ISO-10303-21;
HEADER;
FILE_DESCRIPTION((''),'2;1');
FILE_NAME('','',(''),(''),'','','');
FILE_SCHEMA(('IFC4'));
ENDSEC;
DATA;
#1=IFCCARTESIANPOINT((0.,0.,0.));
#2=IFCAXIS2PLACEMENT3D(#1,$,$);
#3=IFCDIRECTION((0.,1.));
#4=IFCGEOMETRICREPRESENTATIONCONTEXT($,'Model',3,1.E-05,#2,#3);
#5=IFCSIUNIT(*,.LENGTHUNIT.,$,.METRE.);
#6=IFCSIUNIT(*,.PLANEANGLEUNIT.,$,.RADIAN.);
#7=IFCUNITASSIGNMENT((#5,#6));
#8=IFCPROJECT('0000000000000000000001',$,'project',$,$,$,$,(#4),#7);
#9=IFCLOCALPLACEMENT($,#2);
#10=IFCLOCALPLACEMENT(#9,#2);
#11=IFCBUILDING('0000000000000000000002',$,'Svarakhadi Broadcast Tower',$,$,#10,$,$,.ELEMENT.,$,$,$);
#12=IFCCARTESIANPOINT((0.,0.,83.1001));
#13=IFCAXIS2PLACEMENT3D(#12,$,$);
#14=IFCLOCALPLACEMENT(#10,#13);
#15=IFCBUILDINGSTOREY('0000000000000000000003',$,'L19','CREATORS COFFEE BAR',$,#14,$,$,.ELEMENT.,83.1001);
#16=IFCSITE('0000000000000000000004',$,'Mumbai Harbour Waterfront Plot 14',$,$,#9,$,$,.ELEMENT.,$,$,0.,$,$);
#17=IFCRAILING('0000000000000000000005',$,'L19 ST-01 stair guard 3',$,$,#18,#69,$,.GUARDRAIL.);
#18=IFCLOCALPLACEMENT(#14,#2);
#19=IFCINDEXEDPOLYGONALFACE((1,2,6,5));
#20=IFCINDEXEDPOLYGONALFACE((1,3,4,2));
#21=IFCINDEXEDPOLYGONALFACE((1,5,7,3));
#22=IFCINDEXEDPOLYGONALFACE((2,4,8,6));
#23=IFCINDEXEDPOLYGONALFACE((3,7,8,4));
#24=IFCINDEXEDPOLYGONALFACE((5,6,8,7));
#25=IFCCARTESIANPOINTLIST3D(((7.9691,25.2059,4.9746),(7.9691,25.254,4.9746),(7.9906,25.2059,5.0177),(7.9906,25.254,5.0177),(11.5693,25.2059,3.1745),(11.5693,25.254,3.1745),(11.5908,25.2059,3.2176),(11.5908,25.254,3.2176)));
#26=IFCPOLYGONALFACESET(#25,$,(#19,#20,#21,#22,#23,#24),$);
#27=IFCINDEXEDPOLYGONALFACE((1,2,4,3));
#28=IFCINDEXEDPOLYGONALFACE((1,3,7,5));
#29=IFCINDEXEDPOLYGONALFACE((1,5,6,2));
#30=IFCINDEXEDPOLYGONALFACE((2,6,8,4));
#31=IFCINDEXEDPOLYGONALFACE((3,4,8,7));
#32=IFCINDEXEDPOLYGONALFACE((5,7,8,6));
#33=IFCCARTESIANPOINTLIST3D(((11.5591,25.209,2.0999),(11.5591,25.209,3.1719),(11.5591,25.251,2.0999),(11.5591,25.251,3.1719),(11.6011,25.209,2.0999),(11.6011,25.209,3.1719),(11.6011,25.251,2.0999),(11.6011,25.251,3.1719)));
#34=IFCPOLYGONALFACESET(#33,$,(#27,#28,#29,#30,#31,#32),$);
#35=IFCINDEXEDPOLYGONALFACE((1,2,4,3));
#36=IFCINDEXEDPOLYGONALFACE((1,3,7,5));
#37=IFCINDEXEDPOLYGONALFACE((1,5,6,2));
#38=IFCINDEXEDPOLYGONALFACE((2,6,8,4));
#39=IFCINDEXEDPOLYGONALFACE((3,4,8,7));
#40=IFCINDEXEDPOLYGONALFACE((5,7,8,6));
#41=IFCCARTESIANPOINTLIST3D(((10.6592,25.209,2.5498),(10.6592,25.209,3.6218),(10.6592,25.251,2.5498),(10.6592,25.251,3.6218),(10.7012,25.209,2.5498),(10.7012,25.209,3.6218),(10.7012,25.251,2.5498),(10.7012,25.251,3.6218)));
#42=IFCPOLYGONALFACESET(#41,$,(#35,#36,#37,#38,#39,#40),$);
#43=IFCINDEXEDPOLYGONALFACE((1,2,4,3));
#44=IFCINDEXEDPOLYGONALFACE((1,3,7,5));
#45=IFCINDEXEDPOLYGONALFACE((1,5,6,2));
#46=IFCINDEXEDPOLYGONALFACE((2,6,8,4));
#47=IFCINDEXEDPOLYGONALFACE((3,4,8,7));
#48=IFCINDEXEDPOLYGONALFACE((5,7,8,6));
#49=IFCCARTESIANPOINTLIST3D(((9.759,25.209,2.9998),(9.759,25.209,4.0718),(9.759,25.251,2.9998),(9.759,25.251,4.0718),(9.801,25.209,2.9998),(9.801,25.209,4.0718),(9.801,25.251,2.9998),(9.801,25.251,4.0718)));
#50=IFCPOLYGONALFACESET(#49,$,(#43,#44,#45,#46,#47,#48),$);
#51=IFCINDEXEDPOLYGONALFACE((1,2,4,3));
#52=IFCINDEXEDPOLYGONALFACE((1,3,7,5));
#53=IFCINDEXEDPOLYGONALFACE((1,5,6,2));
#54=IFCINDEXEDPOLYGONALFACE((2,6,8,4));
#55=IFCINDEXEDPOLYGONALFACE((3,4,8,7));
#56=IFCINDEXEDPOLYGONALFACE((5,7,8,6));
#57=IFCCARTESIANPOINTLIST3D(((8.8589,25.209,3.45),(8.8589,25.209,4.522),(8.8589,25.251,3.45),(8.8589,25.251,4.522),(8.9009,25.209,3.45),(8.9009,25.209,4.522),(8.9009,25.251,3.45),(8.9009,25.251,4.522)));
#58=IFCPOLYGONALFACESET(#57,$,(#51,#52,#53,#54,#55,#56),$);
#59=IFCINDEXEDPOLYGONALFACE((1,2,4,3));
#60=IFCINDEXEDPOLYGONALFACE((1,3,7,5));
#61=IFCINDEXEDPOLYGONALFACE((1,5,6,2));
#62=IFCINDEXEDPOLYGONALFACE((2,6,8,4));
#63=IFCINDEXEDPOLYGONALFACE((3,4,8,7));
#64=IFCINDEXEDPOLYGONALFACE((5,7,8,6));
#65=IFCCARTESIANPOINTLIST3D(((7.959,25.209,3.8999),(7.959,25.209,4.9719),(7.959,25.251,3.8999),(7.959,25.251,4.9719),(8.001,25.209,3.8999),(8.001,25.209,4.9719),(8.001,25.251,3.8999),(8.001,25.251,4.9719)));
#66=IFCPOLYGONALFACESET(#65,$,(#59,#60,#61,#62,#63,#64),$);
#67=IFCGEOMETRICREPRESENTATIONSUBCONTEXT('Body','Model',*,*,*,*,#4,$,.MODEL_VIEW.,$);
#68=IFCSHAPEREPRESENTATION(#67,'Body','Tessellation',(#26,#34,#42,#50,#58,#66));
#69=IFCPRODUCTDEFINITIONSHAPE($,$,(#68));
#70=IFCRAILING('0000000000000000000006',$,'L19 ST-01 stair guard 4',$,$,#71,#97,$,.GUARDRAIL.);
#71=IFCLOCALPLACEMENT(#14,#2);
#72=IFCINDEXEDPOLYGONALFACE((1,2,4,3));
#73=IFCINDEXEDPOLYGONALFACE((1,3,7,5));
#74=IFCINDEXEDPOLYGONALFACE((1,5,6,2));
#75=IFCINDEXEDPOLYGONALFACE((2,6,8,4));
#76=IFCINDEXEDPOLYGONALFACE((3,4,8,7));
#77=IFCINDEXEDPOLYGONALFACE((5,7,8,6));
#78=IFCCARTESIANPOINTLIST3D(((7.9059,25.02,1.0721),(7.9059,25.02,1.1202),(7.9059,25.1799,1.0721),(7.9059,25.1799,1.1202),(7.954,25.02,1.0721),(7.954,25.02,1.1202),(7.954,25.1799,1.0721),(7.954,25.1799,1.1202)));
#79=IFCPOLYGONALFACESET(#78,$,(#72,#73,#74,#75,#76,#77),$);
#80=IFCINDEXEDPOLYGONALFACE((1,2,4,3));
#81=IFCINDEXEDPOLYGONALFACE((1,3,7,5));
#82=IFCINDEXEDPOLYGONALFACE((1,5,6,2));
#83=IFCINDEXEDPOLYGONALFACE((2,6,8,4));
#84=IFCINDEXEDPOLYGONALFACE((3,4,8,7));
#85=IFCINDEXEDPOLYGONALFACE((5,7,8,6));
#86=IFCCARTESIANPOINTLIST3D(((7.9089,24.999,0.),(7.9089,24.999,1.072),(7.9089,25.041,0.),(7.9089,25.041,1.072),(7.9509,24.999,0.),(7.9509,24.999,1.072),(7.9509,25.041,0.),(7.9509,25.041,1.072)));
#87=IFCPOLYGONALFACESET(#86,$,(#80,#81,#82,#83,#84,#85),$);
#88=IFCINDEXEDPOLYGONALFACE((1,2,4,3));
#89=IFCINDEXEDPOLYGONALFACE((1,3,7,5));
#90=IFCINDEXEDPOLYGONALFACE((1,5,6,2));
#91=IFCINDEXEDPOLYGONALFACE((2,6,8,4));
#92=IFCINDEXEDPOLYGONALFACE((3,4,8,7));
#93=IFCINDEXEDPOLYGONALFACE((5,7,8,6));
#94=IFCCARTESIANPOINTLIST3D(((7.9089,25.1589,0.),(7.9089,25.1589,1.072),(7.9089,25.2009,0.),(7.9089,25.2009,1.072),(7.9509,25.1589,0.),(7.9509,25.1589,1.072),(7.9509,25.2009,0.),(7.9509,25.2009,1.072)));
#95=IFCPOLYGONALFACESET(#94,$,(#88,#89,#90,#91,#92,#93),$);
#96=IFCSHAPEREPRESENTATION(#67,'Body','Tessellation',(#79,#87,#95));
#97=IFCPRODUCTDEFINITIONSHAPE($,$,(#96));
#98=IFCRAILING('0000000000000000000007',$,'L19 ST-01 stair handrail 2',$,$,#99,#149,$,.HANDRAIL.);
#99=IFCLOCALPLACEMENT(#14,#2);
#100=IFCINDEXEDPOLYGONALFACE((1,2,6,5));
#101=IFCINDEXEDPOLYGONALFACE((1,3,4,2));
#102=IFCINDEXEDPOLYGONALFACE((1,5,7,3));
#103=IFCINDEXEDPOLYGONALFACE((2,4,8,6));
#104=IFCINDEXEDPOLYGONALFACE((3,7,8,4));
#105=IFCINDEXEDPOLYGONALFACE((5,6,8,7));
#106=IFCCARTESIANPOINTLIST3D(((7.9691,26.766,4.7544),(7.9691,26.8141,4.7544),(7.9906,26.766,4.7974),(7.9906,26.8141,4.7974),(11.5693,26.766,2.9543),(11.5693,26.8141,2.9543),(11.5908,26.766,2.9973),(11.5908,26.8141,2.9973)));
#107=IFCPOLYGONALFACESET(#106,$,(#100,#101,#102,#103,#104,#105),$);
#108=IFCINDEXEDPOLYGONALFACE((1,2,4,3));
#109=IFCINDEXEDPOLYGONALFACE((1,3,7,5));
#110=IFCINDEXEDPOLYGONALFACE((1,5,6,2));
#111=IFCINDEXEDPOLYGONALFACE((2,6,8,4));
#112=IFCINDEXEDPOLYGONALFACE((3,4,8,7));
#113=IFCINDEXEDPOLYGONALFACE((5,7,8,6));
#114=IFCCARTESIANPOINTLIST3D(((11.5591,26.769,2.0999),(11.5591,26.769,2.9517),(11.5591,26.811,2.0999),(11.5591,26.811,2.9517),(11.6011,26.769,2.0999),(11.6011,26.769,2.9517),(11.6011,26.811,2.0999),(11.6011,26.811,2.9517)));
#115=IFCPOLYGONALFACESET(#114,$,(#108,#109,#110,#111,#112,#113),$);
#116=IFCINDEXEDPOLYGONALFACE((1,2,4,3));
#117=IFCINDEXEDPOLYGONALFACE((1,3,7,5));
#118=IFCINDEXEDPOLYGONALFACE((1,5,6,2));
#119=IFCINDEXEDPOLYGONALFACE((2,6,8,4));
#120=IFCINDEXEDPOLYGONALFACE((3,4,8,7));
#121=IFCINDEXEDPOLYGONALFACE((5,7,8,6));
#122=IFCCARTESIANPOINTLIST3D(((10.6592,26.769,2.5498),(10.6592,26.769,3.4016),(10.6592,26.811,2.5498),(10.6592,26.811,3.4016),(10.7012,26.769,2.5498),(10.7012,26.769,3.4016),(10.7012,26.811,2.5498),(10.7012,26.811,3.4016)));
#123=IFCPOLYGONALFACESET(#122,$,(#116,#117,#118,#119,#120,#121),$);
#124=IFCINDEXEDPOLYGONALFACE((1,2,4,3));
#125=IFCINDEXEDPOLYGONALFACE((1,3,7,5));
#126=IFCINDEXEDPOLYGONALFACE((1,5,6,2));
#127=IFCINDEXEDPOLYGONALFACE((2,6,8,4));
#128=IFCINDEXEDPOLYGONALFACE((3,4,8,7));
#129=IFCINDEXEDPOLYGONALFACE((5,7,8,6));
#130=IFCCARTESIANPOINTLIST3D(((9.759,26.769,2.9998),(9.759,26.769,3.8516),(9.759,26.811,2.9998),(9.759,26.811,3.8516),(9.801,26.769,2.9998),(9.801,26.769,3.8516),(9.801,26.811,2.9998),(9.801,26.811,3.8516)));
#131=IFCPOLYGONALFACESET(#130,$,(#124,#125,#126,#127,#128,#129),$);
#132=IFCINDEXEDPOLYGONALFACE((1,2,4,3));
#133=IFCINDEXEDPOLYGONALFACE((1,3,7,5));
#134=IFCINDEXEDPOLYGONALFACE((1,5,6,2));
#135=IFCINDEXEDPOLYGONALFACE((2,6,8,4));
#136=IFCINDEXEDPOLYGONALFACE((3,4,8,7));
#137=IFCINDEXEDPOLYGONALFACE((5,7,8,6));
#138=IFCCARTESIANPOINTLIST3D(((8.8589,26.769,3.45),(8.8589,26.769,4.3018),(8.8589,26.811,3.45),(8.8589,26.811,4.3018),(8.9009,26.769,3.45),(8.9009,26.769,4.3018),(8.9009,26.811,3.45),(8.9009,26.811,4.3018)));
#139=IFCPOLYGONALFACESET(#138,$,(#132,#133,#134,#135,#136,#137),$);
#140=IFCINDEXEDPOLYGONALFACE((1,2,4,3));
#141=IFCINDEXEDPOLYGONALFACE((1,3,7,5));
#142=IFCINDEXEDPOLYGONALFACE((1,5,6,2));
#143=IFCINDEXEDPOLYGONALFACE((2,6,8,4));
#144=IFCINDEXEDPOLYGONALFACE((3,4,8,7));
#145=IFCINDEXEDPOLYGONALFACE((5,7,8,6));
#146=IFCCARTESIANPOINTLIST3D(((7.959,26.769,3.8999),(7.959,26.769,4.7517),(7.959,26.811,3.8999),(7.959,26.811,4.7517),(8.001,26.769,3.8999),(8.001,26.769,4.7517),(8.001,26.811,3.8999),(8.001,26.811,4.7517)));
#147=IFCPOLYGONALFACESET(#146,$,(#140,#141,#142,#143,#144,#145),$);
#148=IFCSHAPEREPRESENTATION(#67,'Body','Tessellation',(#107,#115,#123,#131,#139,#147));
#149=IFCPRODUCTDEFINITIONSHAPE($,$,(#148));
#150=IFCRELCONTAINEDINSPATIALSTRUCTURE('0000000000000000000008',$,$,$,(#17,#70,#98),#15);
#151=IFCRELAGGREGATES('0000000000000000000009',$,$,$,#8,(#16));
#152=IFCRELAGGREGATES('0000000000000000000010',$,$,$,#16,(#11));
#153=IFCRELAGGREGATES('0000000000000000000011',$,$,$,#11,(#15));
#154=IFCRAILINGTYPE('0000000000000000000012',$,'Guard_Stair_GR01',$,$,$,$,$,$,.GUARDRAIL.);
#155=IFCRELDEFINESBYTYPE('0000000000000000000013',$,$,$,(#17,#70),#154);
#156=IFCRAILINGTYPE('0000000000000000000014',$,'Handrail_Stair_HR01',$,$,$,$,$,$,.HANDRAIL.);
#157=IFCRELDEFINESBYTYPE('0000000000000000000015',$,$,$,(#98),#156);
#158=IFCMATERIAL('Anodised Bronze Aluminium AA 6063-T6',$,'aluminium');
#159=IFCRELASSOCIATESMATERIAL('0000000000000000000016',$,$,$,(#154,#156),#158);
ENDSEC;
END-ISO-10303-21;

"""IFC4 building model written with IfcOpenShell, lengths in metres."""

from ifc_helpers import new_model, si_unit, direction, frame, origin, origin_2d, place, context, subcontext, project, spatial, rectangle, extrude, material, type_object, element, save


model = new_model("IFC4")

# Units and contexts
model_context = context("Model", 3, precision=1e-05, world=origin(), true_north=direction((0.0, 1.0)))
body_context = subcontext(model_context, "Body", "Model", "MODEL_VIEW")
ifc_project = project(units=[si_unit("LENGTHUNIT", "METRE"), si_unit("PLANEANGLEUNIT", "RADIAN")], contexts=[model_context])

# Site, building, storey
site_placement = place(None, origin())
site = spatial("IfcSite", under=ifc_project, at=site_placement, Name="Mumbai Harbour Waterfront Plot 14", CompositionType="ELEMENT", RefElevation=0.0)
building_placement = place(site_placement, origin())
building = spatial("IfcBuilding", under=site, at=building_placement, Name="Svarakhadi Broadcast Tower", CompositionType="ELEMENT")
storey_placement = place(building_placement, frame((0.0, 0.0, 83.1001)))
storey = spatial("IfcBuildingStorey", under=building, at=storey_placement, Name="L19", Description="CREATORS COFFEE BAR", CompositionType="ELEMENT", Elevation=83.1001)

# Railings
ifc_material_1 = material(Name="Anodised Bronze Aluminium AA 6063-T6", Category="aluminium")
railing_type_1 = type_object("IfcRailingType", Name="Guard_Stair_GR01", PredefinedType="GUARDRAIL", material=ifc_material_1)
railing_1_placement = place(storey_placement, frame((11.5801, 25.23, 2.0999)))
element("IfcRailing", 1, at=railing_1_placement, inside=storey, type_object=railing_type_1, Name="L19 ST-01 stair guard 3", PredefinedType="GUARDRAIL", context=body_context, shape_type="SweptSolid", body=[
    extrude(rectangle(XDim=0.0481, YDim=0.0481, at=origin_2d()), frame((0.0, 0.0, 1.0962), z_axis=(-0.894427, 0.0, 0.447214), x_axis=(0.0, -1.0, 0.0)), (0.0, 0.0, 1.0), 4.0251),
    extrude(rectangle(XDim=0.042, YDim=0.042, at=origin_2d()), origin(), (0.0, 0.0, 1.0), 1.072),
    extrude(rectangle(XDim=0.042, YDim=0.042, at=origin_2d()), frame((-0.8999, 0.0, 0.45)), (0.0, 0.0, 1.0), 1.072),
    extrude(rectangle(XDim=0.042, YDim=0.042, at=origin_2d()), frame((-1.8, 0.0, 0.8999)), (0.0, 0.0, 1.0), 1.072),
    extrude(rectangle(XDim=0.042, YDim=0.042, at=origin_2d()), frame((-2.7002, 0.0, 1.3501)), (0.0, 0.0, 1.0), 1.072),
    extrude(rectangle(XDim=0.042, YDim=0.042, at=origin_2d()), frame((-3.6001, 0.0, 1.8)), (0.0, 0.0, 1.0), 1.072),
])
railing_2_placement = place(storey_placement, frame((7.9299, 25.02, 0.0)))
element("IfcRailing", 2, at=railing_2_placement, inside=storey, type_object=railing_type_1, Name="L19 ST-01 stair guard 4", PredefinedType="GUARDRAIL", context=body_context, shape_type="SweptSolid", body=[
    extrude(rectangle(XDim=0.0481, YDim=0.0481, at=origin_2d()), frame((0.0, 0.0, 1.0962), z_axis=(0.0, 1.0, 0.0), x_axis=(-1.0, 0.0, 0.0)), (0.0, 0.0, 1.0), 0.1599),
    extrude(rectangle(XDim=0.042, YDim=0.042, at=origin_2d()), origin(), (0.0, 0.0, 1.0), 1.072),
    extrude(rectangle(XDim=0.042, YDim=0.042, at=origin_2d()), frame((0.0, 0.1599, 0.0)), (0.0, 0.0, 1.0), 1.072),
])
railing_type_2 = type_object("IfcRailingType", Name="Handrail_Stair_HR01", PredefinedType="HANDRAIL", material=ifc_material_1)
railing_3_placement = place(storey_placement, frame((11.5801, 26.79, 2.0999)))
element("IfcRailing", 3, at=railing_3_placement, inside=storey, type_object=railing_type_2, Name="L19 ST-01 stair handrail 2", PredefinedType="HANDRAIL", context=body_context, shape_type="SweptSolid", body=[
    extrude(rectangle(XDim=0.0481, YDim=0.0481, at=origin_2d()), frame((0.0, 0.0, 0.876), z_axis=(-0.894427, 0.0, 0.447214), x_axis=(0.0, -1.0, 0.0)), (0.0, 0.0, 1.0), 4.0251),
    extrude(rectangle(XDim=0.042, YDim=0.042, at=origin_2d()), origin(), (0.0, 0.0, 1.0), 0.8518),
    extrude(rectangle(XDim=0.042, YDim=0.042, at=origin_2d()), frame((-0.8999, 0.0, 0.45)), (0.0, 0.0, 1.0), 0.8518),
    extrude(rectangle(XDim=0.042, YDim=0.042, at=origin_2d()), frame((-1.8, 0.0, 0.8999)), (0.0, 0.0, 1.0), 0.8518),
    extrude(rectangle(XDim=0.042, YDim=0.042, at=origin_2d()), frame((-2.7002, 0.0, 1.3501)), (0.0, 0.0, 1.0), 0.8518),
    extrude(rectangle(XDim=0.042, YDim=0.042, at=origin_2d()), frame((-3.6001, 0.0, 1.8)), (0.0, 0.0, 1.0), 0.8518),
])

save(model, "model.ifc")
